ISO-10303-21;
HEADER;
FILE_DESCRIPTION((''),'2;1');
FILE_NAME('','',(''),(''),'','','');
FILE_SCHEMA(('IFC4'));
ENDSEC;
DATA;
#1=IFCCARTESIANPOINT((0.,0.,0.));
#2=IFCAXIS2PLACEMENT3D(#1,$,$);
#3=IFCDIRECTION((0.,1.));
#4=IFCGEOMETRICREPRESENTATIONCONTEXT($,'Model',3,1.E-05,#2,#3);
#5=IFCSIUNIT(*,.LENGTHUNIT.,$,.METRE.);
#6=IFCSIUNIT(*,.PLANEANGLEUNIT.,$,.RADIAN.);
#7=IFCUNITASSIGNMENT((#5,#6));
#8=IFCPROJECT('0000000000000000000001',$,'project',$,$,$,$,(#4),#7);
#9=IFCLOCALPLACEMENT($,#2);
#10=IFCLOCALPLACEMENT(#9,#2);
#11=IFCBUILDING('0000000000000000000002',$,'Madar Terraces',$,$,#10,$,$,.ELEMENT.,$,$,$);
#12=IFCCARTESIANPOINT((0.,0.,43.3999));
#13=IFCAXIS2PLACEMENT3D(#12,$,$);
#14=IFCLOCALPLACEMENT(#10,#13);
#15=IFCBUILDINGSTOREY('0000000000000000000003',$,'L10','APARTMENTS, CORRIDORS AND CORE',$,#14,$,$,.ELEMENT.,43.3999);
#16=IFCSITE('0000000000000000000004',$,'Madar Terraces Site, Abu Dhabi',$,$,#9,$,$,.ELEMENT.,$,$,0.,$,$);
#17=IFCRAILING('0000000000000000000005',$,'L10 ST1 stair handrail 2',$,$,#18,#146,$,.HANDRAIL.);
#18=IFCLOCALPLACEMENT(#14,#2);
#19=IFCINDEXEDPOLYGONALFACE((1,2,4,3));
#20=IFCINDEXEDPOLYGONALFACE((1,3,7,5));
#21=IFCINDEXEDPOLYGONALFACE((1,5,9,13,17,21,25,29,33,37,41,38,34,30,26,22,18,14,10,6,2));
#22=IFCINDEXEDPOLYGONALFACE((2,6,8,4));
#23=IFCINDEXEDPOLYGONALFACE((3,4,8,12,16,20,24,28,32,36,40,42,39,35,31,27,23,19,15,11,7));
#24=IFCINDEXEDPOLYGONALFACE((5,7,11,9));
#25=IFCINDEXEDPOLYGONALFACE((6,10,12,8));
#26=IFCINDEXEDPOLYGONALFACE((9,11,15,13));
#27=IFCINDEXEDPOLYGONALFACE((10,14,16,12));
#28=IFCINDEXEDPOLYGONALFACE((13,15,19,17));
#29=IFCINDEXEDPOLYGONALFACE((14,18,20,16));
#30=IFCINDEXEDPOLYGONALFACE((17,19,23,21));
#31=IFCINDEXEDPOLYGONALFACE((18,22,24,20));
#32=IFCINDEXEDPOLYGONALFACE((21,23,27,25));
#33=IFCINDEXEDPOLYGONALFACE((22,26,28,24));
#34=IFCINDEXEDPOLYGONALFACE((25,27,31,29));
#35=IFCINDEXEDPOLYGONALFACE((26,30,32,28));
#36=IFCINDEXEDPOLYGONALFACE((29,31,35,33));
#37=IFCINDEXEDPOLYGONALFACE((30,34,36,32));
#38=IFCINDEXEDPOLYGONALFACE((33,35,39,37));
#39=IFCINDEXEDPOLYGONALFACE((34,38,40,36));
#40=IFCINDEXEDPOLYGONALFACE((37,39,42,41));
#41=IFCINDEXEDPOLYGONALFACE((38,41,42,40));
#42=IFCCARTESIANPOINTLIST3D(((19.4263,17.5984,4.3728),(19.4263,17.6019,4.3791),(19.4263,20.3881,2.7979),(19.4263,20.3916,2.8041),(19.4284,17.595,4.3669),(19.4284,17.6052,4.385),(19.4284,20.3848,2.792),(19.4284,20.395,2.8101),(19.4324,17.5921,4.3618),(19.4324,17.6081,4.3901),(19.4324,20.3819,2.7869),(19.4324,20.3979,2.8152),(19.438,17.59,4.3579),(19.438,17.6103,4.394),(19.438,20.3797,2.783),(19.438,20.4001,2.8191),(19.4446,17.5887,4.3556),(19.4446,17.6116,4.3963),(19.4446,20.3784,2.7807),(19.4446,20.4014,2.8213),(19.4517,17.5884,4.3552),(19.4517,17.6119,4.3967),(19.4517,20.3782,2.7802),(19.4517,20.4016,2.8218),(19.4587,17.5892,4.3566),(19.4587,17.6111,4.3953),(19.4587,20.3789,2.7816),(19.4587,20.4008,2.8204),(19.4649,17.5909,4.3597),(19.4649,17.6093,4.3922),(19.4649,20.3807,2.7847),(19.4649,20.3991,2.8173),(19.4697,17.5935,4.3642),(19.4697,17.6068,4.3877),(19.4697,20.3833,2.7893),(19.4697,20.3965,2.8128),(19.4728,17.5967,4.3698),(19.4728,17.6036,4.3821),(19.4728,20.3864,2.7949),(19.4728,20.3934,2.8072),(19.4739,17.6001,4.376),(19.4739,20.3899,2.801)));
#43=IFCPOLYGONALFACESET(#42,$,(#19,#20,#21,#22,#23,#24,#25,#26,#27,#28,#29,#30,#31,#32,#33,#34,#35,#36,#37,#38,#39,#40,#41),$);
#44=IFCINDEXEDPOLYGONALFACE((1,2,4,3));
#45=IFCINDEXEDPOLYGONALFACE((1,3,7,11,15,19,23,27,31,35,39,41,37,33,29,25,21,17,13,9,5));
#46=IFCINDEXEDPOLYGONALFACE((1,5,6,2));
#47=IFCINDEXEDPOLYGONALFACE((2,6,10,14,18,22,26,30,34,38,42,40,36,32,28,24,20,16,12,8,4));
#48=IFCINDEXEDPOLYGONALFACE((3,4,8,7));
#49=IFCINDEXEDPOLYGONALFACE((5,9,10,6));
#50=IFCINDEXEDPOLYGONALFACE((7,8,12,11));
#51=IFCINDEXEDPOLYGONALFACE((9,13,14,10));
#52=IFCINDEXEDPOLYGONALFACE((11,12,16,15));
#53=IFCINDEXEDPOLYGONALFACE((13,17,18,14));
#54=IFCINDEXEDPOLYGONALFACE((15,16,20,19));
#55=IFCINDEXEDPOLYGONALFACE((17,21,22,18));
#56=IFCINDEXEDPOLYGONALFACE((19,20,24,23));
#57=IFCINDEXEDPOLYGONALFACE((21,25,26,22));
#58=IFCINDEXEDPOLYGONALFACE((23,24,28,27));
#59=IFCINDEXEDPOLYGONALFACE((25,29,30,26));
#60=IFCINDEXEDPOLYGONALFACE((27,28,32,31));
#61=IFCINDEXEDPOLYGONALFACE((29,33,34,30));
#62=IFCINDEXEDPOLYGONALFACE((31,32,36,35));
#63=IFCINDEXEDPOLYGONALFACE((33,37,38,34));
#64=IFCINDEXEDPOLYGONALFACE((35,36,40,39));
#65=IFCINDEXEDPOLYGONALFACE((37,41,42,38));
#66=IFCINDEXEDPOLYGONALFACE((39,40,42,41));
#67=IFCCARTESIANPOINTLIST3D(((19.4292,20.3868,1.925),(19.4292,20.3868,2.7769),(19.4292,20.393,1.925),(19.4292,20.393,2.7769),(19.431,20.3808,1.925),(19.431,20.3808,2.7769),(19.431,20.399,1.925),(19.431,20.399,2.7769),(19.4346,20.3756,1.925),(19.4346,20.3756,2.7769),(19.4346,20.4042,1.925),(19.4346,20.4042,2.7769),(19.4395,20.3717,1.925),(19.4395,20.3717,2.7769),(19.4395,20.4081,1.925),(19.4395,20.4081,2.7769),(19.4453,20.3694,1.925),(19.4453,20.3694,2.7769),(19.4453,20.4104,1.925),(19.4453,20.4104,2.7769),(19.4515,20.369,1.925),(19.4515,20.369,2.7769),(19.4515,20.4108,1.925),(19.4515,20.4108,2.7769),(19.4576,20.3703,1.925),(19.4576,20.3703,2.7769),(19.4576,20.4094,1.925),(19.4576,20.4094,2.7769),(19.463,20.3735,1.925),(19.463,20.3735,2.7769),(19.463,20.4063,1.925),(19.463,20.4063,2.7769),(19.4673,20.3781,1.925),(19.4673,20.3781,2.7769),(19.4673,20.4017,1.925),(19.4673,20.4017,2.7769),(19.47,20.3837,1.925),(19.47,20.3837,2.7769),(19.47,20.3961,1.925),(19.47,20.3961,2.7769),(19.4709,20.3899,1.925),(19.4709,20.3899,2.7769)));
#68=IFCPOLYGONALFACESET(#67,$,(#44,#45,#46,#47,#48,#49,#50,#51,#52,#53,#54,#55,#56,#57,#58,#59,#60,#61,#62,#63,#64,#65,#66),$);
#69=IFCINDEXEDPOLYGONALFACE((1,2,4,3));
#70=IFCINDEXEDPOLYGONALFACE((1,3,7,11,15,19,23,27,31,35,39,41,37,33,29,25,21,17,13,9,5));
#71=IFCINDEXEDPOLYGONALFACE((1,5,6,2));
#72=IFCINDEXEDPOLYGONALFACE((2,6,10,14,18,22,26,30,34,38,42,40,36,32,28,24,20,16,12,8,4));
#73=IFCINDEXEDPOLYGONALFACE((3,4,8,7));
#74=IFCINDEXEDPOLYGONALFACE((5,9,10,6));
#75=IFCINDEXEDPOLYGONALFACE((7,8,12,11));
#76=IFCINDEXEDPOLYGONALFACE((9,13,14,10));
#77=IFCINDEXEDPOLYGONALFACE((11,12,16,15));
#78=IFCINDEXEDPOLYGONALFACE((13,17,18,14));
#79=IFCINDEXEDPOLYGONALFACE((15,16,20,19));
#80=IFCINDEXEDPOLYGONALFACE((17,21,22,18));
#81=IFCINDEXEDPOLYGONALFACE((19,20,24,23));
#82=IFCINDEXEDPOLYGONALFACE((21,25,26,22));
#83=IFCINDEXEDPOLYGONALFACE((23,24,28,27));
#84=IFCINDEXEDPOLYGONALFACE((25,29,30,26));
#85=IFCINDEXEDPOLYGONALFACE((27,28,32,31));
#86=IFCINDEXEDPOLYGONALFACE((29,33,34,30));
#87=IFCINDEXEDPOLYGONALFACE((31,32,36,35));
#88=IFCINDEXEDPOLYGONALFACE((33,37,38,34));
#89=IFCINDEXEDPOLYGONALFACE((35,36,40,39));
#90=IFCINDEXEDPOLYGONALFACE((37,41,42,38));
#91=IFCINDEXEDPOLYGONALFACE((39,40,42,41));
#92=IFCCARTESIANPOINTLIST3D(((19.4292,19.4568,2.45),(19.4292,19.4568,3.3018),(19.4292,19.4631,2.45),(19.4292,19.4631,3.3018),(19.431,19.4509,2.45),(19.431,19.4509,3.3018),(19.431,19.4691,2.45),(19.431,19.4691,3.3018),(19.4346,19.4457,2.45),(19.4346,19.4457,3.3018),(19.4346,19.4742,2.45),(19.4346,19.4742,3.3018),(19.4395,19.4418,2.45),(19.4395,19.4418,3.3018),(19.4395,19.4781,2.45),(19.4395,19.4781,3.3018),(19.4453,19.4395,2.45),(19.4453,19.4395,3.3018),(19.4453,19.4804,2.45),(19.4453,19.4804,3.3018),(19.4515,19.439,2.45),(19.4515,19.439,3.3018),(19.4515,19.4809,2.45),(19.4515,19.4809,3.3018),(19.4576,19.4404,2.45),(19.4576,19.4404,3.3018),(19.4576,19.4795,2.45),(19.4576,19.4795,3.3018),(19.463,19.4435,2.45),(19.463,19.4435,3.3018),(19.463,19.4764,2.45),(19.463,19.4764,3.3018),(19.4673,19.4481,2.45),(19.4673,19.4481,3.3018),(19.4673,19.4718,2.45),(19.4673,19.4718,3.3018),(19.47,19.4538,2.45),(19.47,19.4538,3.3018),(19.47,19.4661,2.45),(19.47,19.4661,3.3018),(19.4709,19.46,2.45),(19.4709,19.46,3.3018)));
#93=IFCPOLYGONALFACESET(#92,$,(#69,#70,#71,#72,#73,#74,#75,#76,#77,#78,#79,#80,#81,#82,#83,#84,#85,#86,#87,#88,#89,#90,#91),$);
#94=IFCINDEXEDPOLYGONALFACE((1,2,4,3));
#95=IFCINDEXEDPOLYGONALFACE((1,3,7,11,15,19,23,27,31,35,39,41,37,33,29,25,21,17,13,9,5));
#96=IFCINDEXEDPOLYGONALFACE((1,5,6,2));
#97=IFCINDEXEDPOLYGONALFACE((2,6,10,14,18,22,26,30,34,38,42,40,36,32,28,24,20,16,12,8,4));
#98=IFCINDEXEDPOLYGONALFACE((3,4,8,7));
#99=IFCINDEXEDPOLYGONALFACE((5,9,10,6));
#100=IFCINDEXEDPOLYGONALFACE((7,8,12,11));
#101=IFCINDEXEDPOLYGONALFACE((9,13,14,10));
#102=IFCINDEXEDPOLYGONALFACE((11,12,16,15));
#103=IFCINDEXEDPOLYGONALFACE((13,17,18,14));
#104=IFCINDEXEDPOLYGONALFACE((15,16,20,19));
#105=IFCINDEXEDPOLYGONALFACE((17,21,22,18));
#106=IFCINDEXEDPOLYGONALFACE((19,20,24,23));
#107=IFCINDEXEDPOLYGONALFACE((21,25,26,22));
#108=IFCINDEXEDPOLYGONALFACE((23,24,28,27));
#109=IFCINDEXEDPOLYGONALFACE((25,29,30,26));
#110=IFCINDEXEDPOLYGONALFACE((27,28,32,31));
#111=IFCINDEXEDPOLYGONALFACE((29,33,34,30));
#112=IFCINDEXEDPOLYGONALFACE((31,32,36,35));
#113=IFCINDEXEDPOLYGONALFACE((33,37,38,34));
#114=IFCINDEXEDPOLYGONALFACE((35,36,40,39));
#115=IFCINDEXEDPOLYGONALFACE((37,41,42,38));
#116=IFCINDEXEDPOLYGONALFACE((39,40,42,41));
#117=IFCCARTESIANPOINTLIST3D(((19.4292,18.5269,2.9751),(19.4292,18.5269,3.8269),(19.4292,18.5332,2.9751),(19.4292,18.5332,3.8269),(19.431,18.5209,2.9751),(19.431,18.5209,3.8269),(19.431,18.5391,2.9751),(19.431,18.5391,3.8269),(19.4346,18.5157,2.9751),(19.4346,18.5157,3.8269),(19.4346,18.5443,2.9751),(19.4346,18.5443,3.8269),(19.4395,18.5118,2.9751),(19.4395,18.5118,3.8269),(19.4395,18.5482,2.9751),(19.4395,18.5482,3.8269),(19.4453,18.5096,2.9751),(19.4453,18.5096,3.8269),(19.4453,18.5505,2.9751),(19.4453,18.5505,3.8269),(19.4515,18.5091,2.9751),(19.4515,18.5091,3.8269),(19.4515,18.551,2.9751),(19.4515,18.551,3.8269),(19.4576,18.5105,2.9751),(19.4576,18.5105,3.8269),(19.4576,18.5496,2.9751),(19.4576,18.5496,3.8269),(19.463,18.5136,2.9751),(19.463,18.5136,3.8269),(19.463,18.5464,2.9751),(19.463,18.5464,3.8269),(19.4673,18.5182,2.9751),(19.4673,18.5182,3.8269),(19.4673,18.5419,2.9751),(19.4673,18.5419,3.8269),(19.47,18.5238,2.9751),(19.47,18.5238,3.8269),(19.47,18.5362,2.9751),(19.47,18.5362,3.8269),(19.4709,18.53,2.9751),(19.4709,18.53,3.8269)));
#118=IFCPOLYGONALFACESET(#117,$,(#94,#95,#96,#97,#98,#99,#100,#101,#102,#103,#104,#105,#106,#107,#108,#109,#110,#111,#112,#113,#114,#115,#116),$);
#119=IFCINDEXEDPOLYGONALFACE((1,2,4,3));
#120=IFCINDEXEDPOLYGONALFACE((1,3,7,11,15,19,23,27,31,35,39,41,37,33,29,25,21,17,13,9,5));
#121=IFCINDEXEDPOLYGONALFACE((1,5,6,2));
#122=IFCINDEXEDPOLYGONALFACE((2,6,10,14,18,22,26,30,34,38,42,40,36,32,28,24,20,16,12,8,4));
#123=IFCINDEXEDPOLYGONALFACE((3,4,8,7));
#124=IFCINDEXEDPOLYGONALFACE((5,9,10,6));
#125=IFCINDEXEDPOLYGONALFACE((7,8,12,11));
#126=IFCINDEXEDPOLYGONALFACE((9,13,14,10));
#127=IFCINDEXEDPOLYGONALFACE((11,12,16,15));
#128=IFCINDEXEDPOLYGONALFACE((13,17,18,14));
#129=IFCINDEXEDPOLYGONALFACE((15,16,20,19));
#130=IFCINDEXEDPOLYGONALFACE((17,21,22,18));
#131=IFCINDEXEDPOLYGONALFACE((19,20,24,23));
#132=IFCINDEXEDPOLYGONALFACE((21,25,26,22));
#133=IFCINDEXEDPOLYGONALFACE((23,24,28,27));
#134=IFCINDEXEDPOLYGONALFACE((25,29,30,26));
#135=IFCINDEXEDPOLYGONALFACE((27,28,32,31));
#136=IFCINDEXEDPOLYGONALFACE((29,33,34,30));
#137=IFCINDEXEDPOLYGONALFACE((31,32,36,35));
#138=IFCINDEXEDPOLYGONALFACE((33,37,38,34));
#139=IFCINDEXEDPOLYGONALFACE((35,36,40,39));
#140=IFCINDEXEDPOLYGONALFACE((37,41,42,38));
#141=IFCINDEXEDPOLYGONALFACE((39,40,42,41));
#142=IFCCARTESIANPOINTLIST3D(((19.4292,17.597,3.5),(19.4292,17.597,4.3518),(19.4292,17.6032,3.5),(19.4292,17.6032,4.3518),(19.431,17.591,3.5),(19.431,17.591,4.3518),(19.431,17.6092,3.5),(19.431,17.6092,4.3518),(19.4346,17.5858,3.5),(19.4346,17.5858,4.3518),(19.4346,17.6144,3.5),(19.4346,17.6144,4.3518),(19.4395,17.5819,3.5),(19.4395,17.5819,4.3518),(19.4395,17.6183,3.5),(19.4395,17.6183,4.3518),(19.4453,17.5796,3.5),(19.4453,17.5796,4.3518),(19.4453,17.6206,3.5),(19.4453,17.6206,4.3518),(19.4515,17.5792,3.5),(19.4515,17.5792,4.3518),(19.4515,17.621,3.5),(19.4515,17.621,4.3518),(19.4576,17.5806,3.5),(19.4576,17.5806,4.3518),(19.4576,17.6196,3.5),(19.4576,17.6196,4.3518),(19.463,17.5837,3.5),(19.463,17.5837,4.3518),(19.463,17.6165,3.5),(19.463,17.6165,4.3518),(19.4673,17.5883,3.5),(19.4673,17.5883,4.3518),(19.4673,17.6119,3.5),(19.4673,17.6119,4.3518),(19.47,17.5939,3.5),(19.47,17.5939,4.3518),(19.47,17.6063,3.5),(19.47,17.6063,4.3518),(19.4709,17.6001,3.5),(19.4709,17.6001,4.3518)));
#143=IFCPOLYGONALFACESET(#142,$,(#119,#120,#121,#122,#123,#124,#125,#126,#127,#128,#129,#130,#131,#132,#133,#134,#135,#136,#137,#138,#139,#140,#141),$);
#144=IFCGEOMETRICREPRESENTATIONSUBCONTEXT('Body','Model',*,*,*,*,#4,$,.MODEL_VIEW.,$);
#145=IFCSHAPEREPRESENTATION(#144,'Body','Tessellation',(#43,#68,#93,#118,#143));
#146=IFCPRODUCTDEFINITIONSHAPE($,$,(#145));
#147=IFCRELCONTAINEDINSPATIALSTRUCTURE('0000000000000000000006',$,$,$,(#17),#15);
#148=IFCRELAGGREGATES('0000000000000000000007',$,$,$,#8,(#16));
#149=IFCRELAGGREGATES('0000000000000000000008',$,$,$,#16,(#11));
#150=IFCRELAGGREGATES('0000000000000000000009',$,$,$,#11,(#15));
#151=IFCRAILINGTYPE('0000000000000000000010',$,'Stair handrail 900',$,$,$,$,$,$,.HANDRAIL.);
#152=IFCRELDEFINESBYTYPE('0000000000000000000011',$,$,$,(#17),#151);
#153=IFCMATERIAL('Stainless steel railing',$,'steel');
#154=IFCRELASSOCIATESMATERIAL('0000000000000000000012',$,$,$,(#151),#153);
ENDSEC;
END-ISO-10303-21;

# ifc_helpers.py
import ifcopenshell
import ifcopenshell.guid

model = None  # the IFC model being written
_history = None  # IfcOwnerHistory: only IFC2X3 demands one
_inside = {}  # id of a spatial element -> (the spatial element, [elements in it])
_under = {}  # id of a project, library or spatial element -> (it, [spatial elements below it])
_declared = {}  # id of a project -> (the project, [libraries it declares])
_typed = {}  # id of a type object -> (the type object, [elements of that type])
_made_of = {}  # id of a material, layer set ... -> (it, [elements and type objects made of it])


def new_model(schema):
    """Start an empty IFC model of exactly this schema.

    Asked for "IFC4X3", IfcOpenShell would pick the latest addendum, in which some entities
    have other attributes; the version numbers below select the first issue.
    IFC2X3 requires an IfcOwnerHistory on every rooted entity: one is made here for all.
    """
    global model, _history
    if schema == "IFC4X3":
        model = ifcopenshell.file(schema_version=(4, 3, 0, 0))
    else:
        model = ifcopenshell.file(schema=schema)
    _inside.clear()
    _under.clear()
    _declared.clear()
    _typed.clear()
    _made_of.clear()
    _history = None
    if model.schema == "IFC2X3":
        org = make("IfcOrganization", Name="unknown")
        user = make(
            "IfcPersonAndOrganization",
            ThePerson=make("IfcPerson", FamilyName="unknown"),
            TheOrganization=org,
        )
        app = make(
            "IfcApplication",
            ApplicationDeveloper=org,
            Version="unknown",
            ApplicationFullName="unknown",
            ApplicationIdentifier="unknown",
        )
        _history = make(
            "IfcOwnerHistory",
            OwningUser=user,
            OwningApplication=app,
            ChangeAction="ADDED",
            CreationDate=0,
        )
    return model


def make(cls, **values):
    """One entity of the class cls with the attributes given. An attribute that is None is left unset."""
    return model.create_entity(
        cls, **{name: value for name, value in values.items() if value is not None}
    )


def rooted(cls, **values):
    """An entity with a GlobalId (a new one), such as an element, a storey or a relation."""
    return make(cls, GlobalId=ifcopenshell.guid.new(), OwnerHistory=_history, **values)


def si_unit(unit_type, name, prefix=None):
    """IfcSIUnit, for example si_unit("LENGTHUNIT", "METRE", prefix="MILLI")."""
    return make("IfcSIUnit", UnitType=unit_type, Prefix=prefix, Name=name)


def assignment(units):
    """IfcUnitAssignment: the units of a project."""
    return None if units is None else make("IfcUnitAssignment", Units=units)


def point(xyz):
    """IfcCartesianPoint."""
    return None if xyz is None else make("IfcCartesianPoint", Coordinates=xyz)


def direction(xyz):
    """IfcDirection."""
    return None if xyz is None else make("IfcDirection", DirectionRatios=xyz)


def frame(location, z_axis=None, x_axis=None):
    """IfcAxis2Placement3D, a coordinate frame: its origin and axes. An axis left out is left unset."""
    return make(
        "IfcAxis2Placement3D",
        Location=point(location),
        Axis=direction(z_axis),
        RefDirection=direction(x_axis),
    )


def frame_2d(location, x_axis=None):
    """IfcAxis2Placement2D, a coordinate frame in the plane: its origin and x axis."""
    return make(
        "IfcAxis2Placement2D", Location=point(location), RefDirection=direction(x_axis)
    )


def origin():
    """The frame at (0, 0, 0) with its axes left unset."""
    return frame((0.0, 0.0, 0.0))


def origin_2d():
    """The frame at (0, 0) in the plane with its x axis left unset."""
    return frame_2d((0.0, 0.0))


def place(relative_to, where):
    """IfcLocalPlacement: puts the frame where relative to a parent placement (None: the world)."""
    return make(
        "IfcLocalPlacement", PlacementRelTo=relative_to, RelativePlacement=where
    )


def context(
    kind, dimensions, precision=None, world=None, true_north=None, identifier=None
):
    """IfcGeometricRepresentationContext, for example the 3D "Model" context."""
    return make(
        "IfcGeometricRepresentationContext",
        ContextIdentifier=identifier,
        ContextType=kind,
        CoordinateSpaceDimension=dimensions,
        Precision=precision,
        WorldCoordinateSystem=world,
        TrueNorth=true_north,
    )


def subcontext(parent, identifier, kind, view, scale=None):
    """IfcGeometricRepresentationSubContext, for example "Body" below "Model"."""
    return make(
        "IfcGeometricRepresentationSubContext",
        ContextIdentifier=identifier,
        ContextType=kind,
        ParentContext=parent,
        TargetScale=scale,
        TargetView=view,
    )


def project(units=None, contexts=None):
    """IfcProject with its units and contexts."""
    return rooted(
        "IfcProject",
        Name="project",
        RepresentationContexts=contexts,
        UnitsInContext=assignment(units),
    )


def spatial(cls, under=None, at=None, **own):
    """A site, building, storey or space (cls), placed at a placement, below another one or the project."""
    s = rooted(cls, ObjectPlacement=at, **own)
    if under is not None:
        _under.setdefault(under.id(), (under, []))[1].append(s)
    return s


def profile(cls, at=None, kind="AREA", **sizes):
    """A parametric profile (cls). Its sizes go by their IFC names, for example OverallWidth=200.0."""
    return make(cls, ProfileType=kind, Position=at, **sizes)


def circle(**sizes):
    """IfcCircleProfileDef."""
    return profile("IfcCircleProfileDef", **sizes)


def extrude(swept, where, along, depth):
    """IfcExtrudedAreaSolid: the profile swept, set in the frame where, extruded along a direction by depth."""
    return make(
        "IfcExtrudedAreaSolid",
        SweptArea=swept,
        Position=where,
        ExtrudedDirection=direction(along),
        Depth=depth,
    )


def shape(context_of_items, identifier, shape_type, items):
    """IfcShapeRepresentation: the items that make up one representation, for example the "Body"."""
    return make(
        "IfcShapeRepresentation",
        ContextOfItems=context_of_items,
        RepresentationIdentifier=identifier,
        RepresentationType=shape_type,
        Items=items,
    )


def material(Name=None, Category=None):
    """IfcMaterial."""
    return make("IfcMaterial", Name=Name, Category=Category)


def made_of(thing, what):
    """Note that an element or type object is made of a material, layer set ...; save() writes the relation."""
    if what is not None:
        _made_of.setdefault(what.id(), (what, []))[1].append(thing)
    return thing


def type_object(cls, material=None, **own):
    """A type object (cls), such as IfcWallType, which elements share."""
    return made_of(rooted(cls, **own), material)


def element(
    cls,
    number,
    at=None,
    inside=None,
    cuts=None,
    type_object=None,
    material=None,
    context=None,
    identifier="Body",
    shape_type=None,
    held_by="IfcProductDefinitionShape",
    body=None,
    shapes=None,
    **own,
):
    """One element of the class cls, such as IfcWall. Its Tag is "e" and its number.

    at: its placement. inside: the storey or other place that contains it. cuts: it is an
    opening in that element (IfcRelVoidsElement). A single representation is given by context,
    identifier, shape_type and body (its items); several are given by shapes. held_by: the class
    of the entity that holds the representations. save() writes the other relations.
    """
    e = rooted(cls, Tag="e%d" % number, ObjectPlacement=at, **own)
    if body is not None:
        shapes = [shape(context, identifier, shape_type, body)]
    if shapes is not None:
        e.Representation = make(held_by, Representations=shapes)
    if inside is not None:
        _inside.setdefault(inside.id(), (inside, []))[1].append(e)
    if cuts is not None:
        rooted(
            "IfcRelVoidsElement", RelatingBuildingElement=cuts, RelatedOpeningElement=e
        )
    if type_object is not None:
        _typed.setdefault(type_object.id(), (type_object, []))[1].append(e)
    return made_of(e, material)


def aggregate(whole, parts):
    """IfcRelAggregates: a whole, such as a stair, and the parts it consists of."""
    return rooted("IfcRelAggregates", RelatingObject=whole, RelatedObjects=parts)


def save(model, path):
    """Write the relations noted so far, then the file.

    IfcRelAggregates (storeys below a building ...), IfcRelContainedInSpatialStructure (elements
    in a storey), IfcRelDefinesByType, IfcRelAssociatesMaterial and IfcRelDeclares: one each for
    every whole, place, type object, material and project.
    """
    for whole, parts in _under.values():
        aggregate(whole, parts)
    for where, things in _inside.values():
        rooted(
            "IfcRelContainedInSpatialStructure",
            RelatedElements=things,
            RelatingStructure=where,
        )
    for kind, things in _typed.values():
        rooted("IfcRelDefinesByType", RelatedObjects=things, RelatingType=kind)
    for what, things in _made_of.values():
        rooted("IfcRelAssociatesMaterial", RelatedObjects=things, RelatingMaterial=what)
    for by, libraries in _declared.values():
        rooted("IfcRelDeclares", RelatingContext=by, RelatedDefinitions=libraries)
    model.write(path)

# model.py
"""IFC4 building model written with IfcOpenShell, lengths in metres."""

from ifc_helpers import new_model, si_unit, direction, frame, origin, origin_2d, place, context, subcontext, project, spatial, circle, extrude, material, type_object, element, save


model = new_model("IFC4")

# Units and contexts
model_context = context("Model", 3, precision=1e-05, world=origin(), true_north=direction((0.0, 1.0)))
body_context = subcontext(model_context, "Body", "Model", "MODEL_VIEW")
ifc_project = project(units=[si_unit("LENGTHUNIT", "METRE"), si_unit("PLANEANGLEUNIT", "RADIAN")], contexts=[model_context])

# Site, building, storey
site_placement = place(None, origin())
site = spatial("IfcSite", under=ifc_project, at=site_placement, Name="Madar Terraces Site, Abu Dhabi", CompositionType="ELEMENT", RefElevation=0.0)
building_placement = place(site_placement, origin())
building = spatial("IfcBuilding", under=site, at=building_placement, Name="Madar Terraces", CompositionType="ELEMENT")
storey_placement = place(building_placement, frame((0.0, 0.0, 43.3999)))
storey = spatial("IfcBuildingStorey", under=building, at=storey_placement, Name="L10", Description="APARTMENTS, CORRIDORS AND CORE", CompositionType="ELEMENT", Elevation=43.3999)

# Railing
ifc_material_1 = material(Name="Stainless steel railing", Category="steel")
railing_type_1 = type_object("IfcRailingType", Name="Stair handrail 900", PredefinedType="HANDRAIL", material=ifc_material_1)
railing_1_placement = place(storey_placement, frame((19.45, 20.3899, 1.925)))
element("IfcRailing", 1, at=railing_1_placement, inside=storey, type_object=railing_type_1, Name="L10 ST1 stair handrail 2", PredefinedType="HANDRAIL", context=body_context, shape_type="SweptSolid", body=[
    extrude(circle(Radius=0.0239, at=origin_2d()), frame((0.0, 0.0, 0.876), z_axis=(0.0, -0.870815, 0.49161), x_axis=(1.0, 0.0, 0.0)), (0.0, 0.0, 1.0), 3.2036),
    extrude(circle(Radius=0.021, at=origin_2d()), origin(), (0.0, 0.0, 1.0), 0.8518),
    extrude(circle(Radius=0.021, at=origin_2d()), frame((0.0, -0.9299, 0.5249)), (0.0, 0.0, 1.0), 0.8518),
    extrude(circle(Radius=0.021, at=origin_2d()), frame((0.0, -1.8599, 1.05)), (0.0, 0.0, 1.0), 0.8518),
    extrude(circle(Radius=0.021, at=origin_2d()), frame((0.0, -2.7898, 1.575)), (0.0, 0.0, 1.0), 0.8518),
])

save(model, "model.ifc")
